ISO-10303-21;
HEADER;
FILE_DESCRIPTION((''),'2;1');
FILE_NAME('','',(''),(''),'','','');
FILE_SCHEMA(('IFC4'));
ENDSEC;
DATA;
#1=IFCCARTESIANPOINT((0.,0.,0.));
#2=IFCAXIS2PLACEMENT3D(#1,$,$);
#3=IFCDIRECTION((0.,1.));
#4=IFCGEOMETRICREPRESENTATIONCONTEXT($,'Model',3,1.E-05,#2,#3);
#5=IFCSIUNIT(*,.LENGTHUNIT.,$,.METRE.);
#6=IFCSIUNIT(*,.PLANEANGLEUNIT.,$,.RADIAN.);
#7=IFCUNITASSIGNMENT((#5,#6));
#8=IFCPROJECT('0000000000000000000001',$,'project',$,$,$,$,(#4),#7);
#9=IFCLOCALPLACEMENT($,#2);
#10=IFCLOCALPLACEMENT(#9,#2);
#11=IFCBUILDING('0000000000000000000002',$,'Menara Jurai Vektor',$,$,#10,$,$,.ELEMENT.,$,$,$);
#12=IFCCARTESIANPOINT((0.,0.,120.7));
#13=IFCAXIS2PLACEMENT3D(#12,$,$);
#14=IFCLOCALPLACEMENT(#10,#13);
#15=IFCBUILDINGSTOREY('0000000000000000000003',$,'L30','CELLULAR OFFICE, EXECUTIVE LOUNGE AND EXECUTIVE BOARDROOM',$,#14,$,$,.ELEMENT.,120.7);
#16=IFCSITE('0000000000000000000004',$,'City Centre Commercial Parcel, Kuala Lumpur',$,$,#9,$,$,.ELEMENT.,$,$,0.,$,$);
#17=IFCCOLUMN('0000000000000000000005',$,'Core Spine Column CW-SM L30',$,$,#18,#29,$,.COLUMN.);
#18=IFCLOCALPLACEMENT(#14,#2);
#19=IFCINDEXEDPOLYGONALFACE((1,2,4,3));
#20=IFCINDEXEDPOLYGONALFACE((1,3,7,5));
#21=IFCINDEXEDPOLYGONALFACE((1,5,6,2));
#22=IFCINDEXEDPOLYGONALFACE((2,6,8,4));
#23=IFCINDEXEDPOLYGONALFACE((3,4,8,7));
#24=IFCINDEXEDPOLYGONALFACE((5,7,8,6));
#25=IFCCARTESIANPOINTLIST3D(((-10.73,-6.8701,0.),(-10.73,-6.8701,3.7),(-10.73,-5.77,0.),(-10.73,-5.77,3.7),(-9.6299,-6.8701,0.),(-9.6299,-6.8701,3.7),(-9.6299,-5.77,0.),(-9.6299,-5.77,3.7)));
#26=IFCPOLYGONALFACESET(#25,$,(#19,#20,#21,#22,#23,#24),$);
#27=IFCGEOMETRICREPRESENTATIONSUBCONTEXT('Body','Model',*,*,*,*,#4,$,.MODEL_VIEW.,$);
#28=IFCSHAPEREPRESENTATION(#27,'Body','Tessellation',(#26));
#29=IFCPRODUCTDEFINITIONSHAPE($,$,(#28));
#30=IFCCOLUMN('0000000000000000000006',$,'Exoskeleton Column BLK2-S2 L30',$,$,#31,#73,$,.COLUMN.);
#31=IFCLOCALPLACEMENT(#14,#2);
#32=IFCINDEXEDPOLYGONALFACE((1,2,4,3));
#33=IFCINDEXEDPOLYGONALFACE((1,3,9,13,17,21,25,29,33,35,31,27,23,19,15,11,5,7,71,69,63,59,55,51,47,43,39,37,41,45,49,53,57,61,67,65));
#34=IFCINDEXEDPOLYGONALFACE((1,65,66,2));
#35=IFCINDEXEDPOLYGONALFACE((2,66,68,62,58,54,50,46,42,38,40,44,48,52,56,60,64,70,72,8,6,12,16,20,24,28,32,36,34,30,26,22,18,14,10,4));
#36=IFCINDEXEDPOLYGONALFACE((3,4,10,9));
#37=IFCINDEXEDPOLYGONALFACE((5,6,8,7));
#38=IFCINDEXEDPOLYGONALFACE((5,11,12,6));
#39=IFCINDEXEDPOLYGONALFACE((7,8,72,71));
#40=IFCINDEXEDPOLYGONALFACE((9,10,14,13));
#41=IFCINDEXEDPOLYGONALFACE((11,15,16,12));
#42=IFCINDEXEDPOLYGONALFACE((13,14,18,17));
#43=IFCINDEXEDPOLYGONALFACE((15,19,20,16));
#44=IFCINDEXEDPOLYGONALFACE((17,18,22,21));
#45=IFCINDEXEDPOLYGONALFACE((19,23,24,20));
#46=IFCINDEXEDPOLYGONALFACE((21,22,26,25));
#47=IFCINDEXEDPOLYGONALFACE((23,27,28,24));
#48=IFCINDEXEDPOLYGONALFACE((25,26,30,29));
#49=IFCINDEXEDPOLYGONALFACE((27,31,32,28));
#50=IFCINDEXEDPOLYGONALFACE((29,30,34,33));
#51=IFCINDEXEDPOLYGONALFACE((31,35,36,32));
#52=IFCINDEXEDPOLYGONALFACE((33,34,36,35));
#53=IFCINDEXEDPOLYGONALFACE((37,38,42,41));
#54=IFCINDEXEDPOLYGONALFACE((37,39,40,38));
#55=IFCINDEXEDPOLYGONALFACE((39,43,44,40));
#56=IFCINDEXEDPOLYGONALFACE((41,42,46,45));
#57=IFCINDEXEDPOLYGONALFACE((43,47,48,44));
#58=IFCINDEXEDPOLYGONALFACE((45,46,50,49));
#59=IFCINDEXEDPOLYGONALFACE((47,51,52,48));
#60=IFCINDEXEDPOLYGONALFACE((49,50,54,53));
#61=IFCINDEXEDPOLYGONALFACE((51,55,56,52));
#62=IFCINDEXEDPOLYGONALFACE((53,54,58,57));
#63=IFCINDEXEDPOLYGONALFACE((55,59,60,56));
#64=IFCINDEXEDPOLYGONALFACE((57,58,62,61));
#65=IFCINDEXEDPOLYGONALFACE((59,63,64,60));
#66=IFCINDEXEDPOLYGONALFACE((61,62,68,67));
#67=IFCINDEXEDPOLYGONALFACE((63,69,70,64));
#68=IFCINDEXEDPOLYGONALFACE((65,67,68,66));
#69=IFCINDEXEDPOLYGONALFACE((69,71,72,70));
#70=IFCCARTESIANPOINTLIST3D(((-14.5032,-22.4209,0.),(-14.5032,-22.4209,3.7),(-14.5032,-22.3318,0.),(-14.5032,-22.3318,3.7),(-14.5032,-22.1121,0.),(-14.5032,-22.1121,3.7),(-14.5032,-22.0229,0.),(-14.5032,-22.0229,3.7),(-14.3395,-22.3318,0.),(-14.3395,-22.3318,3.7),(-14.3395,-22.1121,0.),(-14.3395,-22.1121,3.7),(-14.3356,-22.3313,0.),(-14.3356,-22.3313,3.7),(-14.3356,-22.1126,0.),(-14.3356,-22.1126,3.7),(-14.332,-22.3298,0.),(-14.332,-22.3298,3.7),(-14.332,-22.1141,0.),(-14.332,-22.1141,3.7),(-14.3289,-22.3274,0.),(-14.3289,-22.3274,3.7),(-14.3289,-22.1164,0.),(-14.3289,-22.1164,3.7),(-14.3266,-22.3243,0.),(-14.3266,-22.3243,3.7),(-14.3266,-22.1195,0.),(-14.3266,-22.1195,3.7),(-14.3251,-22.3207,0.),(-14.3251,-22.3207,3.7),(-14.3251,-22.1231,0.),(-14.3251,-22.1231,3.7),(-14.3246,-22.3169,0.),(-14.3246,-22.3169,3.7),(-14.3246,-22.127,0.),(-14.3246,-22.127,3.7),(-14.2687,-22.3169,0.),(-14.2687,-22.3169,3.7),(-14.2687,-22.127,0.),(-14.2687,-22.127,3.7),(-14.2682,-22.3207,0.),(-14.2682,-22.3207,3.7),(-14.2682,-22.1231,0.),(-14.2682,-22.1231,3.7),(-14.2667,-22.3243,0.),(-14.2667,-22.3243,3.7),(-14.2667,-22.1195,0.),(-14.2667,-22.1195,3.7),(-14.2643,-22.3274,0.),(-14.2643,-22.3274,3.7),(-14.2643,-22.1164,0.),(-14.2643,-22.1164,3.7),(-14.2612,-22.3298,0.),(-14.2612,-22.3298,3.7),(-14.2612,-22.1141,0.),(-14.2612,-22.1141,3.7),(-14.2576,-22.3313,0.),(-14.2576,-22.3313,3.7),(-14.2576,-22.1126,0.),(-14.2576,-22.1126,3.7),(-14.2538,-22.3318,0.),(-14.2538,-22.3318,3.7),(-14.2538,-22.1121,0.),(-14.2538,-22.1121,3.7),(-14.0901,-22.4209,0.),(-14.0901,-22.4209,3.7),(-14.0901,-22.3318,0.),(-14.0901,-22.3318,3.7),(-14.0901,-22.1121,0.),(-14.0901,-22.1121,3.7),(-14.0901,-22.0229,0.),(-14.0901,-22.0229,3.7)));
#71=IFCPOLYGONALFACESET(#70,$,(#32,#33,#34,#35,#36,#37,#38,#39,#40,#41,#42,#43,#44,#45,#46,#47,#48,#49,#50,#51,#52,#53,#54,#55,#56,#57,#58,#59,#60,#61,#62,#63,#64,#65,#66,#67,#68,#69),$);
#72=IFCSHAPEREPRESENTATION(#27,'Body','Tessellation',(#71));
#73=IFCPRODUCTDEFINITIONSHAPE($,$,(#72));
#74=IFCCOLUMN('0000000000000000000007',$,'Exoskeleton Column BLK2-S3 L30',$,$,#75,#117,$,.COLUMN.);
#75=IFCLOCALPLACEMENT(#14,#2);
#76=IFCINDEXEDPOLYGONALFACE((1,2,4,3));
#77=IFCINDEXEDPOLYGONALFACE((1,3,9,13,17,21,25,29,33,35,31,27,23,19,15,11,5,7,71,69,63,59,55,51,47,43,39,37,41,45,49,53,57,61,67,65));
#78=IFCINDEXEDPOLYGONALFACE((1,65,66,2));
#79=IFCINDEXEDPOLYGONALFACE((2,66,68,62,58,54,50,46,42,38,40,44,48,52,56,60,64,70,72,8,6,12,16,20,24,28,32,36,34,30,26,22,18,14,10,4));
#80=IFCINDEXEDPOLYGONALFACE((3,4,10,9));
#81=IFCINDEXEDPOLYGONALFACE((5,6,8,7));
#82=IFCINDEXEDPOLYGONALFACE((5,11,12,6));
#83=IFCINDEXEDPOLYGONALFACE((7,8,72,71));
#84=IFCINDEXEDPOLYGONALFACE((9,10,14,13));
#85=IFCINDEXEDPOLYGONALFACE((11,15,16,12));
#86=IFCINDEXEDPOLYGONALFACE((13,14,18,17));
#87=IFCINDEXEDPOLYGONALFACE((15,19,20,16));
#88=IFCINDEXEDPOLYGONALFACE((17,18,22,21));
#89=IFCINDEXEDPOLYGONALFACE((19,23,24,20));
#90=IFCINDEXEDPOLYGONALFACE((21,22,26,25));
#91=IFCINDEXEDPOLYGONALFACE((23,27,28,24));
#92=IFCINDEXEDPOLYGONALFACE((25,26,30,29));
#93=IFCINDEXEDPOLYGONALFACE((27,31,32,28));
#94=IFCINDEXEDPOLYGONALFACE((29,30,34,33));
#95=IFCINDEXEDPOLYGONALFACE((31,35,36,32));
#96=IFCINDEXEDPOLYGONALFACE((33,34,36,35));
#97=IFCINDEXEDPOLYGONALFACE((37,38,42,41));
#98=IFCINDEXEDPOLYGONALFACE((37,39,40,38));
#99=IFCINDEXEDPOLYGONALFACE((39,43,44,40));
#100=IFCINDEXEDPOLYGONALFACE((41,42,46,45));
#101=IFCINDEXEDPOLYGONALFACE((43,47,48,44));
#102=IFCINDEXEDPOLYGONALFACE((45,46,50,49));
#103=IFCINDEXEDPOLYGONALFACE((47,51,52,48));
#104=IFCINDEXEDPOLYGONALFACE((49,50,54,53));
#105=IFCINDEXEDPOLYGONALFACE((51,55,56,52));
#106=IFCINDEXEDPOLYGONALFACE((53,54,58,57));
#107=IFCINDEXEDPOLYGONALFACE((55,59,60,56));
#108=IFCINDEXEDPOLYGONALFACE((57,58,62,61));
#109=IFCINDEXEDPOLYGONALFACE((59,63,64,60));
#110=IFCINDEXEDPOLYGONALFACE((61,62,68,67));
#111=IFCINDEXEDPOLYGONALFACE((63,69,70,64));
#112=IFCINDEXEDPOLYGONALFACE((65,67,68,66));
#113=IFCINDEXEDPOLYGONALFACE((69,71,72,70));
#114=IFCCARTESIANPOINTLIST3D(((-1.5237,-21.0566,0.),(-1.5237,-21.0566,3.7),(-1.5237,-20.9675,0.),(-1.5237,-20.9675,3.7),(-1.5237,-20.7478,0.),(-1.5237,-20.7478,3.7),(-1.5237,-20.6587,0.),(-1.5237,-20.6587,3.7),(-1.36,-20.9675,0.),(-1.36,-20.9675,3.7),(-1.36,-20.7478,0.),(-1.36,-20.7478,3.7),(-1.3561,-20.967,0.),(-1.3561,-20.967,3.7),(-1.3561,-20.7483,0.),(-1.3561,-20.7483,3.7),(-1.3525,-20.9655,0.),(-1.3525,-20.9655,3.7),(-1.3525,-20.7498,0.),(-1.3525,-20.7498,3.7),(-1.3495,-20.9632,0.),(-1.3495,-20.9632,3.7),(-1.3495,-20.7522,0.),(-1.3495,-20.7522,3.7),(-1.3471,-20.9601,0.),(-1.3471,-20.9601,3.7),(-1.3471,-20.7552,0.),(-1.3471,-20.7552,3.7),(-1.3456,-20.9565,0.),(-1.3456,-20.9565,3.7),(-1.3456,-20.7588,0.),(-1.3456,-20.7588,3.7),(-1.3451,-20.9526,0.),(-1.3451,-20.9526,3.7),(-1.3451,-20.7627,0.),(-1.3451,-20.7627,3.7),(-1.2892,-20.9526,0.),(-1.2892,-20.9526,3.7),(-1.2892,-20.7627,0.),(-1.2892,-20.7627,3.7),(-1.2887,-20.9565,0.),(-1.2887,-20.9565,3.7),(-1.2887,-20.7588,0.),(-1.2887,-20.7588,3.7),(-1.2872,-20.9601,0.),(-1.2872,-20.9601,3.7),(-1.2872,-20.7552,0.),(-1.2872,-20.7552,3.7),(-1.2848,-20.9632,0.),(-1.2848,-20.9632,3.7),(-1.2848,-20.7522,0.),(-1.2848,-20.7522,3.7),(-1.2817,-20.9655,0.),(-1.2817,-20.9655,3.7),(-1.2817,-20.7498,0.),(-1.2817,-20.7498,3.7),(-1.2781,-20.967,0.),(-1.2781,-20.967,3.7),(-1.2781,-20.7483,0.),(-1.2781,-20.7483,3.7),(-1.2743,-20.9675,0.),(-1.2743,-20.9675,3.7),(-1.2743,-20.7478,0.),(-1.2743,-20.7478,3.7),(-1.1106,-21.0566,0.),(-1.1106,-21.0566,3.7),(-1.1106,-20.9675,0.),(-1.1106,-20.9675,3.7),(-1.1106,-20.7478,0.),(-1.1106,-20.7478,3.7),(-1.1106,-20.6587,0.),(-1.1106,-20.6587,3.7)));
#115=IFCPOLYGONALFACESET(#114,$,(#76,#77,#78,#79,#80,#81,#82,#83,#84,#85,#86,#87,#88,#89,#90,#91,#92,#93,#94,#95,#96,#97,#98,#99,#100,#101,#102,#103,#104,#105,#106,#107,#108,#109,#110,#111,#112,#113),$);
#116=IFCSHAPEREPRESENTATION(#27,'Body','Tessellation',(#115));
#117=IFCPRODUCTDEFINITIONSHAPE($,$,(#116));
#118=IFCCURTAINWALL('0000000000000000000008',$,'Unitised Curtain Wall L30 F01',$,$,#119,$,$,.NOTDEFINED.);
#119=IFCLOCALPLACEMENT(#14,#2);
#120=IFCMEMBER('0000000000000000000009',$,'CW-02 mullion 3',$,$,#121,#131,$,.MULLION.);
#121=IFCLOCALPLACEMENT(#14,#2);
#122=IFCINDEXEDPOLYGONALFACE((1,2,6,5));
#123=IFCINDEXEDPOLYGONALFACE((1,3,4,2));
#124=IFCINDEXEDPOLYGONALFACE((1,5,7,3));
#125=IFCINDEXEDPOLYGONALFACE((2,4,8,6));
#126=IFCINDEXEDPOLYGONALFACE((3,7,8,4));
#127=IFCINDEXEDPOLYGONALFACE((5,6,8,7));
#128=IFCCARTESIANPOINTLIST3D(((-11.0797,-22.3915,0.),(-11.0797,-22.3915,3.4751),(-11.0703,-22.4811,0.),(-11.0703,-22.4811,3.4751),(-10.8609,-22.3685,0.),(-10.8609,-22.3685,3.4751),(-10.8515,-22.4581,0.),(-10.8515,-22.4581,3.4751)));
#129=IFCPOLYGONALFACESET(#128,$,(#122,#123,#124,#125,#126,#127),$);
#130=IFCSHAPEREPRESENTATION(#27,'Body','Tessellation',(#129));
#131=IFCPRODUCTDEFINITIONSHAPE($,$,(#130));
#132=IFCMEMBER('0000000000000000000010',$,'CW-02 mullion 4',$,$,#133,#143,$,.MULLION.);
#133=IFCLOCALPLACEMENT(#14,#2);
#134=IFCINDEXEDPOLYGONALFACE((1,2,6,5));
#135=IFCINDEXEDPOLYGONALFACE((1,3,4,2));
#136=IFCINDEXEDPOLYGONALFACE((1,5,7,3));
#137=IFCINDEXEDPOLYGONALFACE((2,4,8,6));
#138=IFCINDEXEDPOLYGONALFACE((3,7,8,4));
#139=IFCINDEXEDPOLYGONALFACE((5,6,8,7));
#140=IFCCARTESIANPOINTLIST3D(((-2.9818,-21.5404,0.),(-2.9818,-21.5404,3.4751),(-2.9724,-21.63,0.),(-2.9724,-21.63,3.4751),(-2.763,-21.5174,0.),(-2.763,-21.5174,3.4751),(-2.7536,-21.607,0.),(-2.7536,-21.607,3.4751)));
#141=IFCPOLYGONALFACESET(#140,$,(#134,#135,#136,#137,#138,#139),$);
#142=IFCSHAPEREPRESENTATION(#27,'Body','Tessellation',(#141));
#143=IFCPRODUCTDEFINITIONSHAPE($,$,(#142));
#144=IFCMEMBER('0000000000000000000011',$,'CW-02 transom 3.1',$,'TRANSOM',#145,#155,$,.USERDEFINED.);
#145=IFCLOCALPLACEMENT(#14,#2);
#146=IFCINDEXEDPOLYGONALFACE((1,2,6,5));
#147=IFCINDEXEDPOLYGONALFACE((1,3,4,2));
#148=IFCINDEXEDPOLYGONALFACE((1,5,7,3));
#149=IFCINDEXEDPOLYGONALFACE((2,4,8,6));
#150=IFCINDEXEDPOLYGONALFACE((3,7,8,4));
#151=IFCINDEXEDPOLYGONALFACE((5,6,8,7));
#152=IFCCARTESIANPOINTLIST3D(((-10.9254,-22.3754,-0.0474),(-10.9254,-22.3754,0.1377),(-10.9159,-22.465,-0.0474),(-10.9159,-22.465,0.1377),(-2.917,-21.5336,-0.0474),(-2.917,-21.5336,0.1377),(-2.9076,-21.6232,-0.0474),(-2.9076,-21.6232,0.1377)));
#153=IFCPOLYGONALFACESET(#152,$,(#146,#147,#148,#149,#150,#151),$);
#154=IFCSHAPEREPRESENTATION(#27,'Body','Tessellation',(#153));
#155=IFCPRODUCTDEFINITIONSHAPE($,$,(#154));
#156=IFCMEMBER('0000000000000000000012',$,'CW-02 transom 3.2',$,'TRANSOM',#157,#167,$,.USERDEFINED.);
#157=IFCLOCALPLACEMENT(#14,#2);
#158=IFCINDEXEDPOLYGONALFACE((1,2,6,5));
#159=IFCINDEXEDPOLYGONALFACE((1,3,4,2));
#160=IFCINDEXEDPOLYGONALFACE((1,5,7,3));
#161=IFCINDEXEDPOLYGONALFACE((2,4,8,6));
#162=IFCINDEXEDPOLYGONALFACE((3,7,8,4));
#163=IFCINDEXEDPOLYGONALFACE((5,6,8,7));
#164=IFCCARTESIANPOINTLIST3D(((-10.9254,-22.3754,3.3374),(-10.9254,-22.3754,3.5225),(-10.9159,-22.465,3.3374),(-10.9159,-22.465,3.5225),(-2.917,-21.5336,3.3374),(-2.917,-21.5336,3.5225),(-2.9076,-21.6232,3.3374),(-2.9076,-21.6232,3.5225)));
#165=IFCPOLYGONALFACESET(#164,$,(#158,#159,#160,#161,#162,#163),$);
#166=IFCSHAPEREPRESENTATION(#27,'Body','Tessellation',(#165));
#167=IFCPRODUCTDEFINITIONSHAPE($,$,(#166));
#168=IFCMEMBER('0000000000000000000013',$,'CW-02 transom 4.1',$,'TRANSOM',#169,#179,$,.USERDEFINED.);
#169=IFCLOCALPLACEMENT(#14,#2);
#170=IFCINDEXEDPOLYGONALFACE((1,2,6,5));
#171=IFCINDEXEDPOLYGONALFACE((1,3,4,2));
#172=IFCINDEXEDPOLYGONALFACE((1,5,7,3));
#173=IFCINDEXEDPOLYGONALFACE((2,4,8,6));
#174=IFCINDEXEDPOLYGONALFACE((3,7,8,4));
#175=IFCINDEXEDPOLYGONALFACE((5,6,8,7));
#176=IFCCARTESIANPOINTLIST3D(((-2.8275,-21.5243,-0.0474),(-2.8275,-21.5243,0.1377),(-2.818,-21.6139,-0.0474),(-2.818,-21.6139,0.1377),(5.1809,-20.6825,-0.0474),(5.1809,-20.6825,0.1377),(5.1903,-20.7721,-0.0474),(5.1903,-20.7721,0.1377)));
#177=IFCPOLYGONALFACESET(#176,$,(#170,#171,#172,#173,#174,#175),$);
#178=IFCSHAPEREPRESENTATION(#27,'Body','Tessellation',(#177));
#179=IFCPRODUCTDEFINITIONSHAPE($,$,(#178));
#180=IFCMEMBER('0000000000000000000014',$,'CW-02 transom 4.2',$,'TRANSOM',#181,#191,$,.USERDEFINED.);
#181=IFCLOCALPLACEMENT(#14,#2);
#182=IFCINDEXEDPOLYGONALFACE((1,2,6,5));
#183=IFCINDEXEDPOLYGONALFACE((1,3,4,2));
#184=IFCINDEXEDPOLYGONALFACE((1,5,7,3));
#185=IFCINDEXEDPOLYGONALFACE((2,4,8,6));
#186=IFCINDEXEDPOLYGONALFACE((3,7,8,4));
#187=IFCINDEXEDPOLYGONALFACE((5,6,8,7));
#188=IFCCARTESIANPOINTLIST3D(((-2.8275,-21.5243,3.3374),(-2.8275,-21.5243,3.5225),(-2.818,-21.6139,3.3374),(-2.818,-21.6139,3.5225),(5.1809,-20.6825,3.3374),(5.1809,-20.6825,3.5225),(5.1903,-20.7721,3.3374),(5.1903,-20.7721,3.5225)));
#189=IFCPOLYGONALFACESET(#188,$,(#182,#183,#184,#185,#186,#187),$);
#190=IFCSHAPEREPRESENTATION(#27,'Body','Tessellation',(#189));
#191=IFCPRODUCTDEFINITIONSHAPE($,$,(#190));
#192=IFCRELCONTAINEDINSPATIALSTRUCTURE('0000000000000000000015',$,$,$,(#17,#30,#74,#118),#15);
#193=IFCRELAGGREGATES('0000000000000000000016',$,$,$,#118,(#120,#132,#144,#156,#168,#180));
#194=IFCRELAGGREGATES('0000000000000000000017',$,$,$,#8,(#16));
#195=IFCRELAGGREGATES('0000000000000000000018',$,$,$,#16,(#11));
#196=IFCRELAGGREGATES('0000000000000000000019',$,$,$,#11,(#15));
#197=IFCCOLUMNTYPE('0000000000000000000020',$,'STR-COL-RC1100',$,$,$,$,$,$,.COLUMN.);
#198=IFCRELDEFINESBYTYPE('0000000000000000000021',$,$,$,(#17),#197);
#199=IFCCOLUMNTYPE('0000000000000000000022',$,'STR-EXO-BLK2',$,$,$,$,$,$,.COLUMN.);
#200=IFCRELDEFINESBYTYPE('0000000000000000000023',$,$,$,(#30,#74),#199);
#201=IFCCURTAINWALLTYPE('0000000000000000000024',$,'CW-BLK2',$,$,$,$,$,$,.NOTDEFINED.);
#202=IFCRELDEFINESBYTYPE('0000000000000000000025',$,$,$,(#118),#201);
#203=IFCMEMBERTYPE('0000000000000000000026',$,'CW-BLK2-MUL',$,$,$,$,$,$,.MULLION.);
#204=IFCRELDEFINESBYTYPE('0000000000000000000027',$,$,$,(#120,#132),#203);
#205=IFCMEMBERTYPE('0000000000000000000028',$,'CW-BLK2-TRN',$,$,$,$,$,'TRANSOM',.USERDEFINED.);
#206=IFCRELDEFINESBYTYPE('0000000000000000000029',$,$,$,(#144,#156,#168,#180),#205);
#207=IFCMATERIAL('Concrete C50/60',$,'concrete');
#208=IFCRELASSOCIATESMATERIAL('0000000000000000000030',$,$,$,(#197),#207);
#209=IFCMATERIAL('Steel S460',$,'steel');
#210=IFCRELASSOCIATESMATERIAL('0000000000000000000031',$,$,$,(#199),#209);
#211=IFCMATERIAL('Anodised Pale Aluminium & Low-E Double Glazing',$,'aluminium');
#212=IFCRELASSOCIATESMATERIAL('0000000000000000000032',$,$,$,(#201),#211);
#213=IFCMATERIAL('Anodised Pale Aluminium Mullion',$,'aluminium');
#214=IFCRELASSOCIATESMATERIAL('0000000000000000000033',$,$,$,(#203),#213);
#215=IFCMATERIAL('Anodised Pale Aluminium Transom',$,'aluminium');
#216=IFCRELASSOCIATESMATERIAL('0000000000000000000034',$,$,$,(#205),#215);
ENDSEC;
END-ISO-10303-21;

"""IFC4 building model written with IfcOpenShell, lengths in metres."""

from ifc_helpers import new_model, si_unit, direction, frame, origin, origin_2d, place, context, subcontext, project, spatial, rectangle, i_section, extrude, material, material_profile, profile_set, type_object, element, aggregate, save


model = new_model("IFC4")

# Units and contexts
model_context = context("Model", 3, precision=1e-05, world=origin(), true_north=direction((0.0, 1.0)))
body_context = subcontext(model_context, "Body", "Model", "MODEL_VIEW")
ifc_project = project(units=[si_unit("LENGTHUNIT", "METRE"), si_unit("PLANEANGLEUNIT", "RADIAN")], contexts=[model_context])

# Site, building, storey
site_placement = place(None, origin())
site = spatial("IfcSite", under=ifc_project, at=site_placement, Name="City Centre Commercial Parcel, Kuala Lumpur", CompositionType="ELEMENT", RefElevation=0.0)
building_placement = place(site_placement, origin())
building = spatial("IfcBuilding", under=site, at=building_placement, Name="Menara Jurai Vektor", CompositionType="ELEMENT")
storey_placement = place(building_placement, frame((0.0, 0.0, 120.7)))
storey = spatial("IfcBuildingStorey", under=building, at=storey_placement, Name="L30", Description="CELLULAR OFFICE, EXECUTIVE LOUNGE AND EXECUTIVE BOARDROOM", CompositionType="ELEMENT", Elevation=120.7)

# Columns
ifc_material_1 = material(Name="Concrete C50/60", Category="concrete")
ifc_material_profile_1 = material_profile(ifc_material_1, rectangle(XDim=1.1001, YDim=1.1001, at=origin_2d()), Name="RC 1100x1100")
ifc_profile_set_1 = profile_set([ifc_material_profile_1], Name="Concrete C50/60")
column_type_1 = type_object("IfcColumnType", Name="STR-COL-RC1100", PredefinedType="COLUMN", material=ifc_profile_set_1)
column_placement = place(storey_placement, frame((-10.1799, -6.3201, 0.0), z_axis=(0.0, 0.0, 1.0), x_axis=(1.0, 0.0, 0.0)))
element("IfcColumn", 1, at=column_placement, inside=storey, type_object=column_type_1, Name="Core Spine Column CW-SM L30", PredefinedType="COLUMN", context=body_context, shape_type="SweptSolid", body=[
    extrude(rectangle(XDim=1.1001, YDim=1.1001, at=origin_2d()), origin(), (0.0, 0.0, 1.0), 3.7),
])
ifc_material_2 = material(Name="Steel S460", Category="steel")
ifc_material_profile_2 = material_profile(ifc_material_2, i_section(OverallWidth=0.4131, OverallDepth=0.3979, WebThickness=0.0559, FlangeThickness=0.0891, FilletRadius=0.0149, at=origin_2d()), Name="HD 400x744")
ifc_profile_set_2 = profile_set([ifc_material_profile_2], Name="Steel S460")
column_type_2 = type_object("IfcColumnType", Name="STR-EXO-BLK2", PredefinedType="COLUMN", material=ifc_profile_set_2)
for number, where, z_axis, x_axis, name in (
    (2, (-14.2966, -22.2219, 0.0), (0.0, 0.0, 1.0), (1.0, 0.0, 0.0), "Exoskeleton Column BLK2-S2 L30"),
    (3, (-1.3171, -20.8577, 0.0), (0.0, 0.0, 1.0), (1.0, 0.0, 0.0), "Exoskeleton Column BLK2-S3 L30"),
):
    element("IfcColumn", number, at=place(storey_placement, frame(where, z_axis=z_axis, x_axis=x_axis)), inside=storey, type_object=column_type_2, Name=name, PredefinedType="COLUMN", context=body_context, shape_type="SweptSolid", body=[
        extrude(i_section(OverallWidth=0.4131, OverallDepth=0.3979, WebThickness=0.0559, FlangeThickness=0.0891, FilletRadius=0.0149, at=origin_2d()), origin(), (0.0, 0.0, 1.0), 3.7),
    ])

# Curtain wall, members
ifc_material_3 = material(Name="Anodised Pale Aluminium & Low-E Double Glazing", Category="aluminium")
curtain_wall_type = type_object("IfcCurtainWallType", Name="CW-BLK2", PredefinedType="NOTDEFINED", material=ifc_material_3)
curtain_wall_placement = place(storey_placement, origin())
curtain_wall = element("IfcCurtainWall", 4, at=curtain_wall_placement, inside=storey, type_object=curtain_wall_type, Name="Unitised Curtain Wall L30 F01", PredefinedType="NOTDEFINED")
ifc_material_4 = material(Name="Anodised Pale Aluminium Mullion", Category="aluminium")
ifc_material_profile_3 = material_profile(ifc_material_4, rectangle(XDim=0.0901, YDim=0.22, at=origin_2d()), Name="ALU MUL 90x220")
ifc_profile_set_3 = profile_set([ifc_material_profile_3], Name="Anodised Pale Aluminium Mullion")
member_type_1 = type_object("IfcMemberType", Name="CW-BLK2-MUL", PredefinedType="MULLION", material=ifc_profile_set_3)
member_1_placement = place(storey_placement, frame((-10.9656, -22.4248, 0.0), z_axis=(0.0, 0.0, 1.0), x_axis=(-0.104529, 0.994522, 0.0)))
member_1 = element("IfcMember", 5, at=member_1_placement, type_object=member_type_1, Name="CW-02 mullion 3", PredefinedType="MULLION", context=body_context, shape_type="SweptSolid", body=[
    extrude(rectangle(XDim=0.0901, YDim=0.22, at=origin_2d()), origin(), (0.0, 0.0, 1.0), 3.4751),
])
member_2_placement = place(storey_placement, frame((-2.8677, -21.5737, 0.0), z_axis=(0.0, 0.0, 1.0), x_axis=(-0.104529, 0.994522, 0.0)))
member_2 = element("IfcMember", 6, at=member_2_placement, type_object=member_type_1, Name="CW-02 mullion 4", PredefinedType="MULLION", context=body_context, shape_type="SweptSolid", body=[
    extrude(rectangle(XDim=0.0901, YDim=0.22, at=origin_2d()), origin(), (0.0, 0.0, 1.0), 3.4751),
])
ifc_material_5 = material(Name="Anodised Pale Aluminium Transom", Category="aluminium")
ifc_material_profile_4 = material_profile(ifc_material_5, rectangle(XDim=0.0901, YDim=0.1851, at=origin_2d()), Name="ALU TRN 90x185")
ifc_profile_set_4 = profile_set([ifc_material_profile_4], Name="Anodised Pale Aluminium Transom")
member_type_2 = type_object("IfcMemberType", Name="CW-BLK2-TRN", ElementType="TRANSOM", PredefinedType="USERDEFINED", material=ifc_profile_set_4)
member_3_placement = place(storey_placement, frame((-10.9207, -22.4202, 0.0452), z_axis=(0.994521, 0.10454, 0.0), x_axis=(-0.10454, 0.994521, 0.0)))
member_3 = element("IfcMember", 7, at=member_3_placement, type_object=member_type_2, Name="CW-02 transom 3.1", ObjectType="TRANSOM", PredefinedType="USERDEFINED", context=body_context, shape_type="SweptSolid", body=[
    extrude(rectangle(XDim=0.0901, YDim=0.1851, at=origin_2d()), origin(), (0.0, 0.0, 1.0), 8.0525),
])
member_4_placement = place(storey_placement, frame((-10.9207, -22.4202, 3.4299), z_axis=(0.994521, 0.10454, 0.0), x_axis=(-0.10454, 0.994521, 0.0)))
member_4 = element("IfcMember", 8, at=member_4_placement, type_object=member_type_2, Name="CW-02 transom 3.2", ObjectType="TRANSOM", PredefinedType="USERDEFINED", context=body_context, shape_type="SweptSolid", body=[
    extrude(rectangle(XDim=0.0901, YDim=0.1851, at=origin_2d()), origin(), (0.0, 0.0, 1.0), 8.0525),
])
member_5_placement = place(storey_placement, frame((-2.8228, -21.5691, 0.0452), z_axis=(0.994521, 0.10454, 0.0), x_axis=(-0.10454, 0.994521, 0.0)))
member_5 = element("IfcMember", 9, at=member_5_placement, type_object=member_type_2, Name="CW-02 transom 4.1", ObjectType="TRANSOM", PredefinedType="USERDEFINED", context=body_context, shape_type="SweptSolid", body=[
    extrude(rectangle(XDim=0.0901, YDim=0.1851, at=origin_2d()), origin(), (0.0, 0.0, 1.0), 8.0525),
])
member_6_placement = place(storey_placement, frame((-2.8228, -21.5691, 3.4299), z_axis=(0.994521, 0.10454, 0.0), x_axis=(-0.10454, 0.994521, 0.0)))
member_6 = element("IfcMember", 10, at=member_6_placement, type_object=member_type_2, Name="CW-02 transom 4.2", ObjectType="TRANSOM", PredefinedType="USERDEFINED", context=body_context, shape_type="SweptSolid", body=[
    extrude(rectangle(XDim=0.0901, YDim=0.1851, at=origin_2d()), origin(), (0.0, 0.0, 1.0), 8.0525),
])

aggregate(curtain_wall, [member_1, member_2, member_3, member_4, member_5, member_6])

save(model, "model.ifc")
